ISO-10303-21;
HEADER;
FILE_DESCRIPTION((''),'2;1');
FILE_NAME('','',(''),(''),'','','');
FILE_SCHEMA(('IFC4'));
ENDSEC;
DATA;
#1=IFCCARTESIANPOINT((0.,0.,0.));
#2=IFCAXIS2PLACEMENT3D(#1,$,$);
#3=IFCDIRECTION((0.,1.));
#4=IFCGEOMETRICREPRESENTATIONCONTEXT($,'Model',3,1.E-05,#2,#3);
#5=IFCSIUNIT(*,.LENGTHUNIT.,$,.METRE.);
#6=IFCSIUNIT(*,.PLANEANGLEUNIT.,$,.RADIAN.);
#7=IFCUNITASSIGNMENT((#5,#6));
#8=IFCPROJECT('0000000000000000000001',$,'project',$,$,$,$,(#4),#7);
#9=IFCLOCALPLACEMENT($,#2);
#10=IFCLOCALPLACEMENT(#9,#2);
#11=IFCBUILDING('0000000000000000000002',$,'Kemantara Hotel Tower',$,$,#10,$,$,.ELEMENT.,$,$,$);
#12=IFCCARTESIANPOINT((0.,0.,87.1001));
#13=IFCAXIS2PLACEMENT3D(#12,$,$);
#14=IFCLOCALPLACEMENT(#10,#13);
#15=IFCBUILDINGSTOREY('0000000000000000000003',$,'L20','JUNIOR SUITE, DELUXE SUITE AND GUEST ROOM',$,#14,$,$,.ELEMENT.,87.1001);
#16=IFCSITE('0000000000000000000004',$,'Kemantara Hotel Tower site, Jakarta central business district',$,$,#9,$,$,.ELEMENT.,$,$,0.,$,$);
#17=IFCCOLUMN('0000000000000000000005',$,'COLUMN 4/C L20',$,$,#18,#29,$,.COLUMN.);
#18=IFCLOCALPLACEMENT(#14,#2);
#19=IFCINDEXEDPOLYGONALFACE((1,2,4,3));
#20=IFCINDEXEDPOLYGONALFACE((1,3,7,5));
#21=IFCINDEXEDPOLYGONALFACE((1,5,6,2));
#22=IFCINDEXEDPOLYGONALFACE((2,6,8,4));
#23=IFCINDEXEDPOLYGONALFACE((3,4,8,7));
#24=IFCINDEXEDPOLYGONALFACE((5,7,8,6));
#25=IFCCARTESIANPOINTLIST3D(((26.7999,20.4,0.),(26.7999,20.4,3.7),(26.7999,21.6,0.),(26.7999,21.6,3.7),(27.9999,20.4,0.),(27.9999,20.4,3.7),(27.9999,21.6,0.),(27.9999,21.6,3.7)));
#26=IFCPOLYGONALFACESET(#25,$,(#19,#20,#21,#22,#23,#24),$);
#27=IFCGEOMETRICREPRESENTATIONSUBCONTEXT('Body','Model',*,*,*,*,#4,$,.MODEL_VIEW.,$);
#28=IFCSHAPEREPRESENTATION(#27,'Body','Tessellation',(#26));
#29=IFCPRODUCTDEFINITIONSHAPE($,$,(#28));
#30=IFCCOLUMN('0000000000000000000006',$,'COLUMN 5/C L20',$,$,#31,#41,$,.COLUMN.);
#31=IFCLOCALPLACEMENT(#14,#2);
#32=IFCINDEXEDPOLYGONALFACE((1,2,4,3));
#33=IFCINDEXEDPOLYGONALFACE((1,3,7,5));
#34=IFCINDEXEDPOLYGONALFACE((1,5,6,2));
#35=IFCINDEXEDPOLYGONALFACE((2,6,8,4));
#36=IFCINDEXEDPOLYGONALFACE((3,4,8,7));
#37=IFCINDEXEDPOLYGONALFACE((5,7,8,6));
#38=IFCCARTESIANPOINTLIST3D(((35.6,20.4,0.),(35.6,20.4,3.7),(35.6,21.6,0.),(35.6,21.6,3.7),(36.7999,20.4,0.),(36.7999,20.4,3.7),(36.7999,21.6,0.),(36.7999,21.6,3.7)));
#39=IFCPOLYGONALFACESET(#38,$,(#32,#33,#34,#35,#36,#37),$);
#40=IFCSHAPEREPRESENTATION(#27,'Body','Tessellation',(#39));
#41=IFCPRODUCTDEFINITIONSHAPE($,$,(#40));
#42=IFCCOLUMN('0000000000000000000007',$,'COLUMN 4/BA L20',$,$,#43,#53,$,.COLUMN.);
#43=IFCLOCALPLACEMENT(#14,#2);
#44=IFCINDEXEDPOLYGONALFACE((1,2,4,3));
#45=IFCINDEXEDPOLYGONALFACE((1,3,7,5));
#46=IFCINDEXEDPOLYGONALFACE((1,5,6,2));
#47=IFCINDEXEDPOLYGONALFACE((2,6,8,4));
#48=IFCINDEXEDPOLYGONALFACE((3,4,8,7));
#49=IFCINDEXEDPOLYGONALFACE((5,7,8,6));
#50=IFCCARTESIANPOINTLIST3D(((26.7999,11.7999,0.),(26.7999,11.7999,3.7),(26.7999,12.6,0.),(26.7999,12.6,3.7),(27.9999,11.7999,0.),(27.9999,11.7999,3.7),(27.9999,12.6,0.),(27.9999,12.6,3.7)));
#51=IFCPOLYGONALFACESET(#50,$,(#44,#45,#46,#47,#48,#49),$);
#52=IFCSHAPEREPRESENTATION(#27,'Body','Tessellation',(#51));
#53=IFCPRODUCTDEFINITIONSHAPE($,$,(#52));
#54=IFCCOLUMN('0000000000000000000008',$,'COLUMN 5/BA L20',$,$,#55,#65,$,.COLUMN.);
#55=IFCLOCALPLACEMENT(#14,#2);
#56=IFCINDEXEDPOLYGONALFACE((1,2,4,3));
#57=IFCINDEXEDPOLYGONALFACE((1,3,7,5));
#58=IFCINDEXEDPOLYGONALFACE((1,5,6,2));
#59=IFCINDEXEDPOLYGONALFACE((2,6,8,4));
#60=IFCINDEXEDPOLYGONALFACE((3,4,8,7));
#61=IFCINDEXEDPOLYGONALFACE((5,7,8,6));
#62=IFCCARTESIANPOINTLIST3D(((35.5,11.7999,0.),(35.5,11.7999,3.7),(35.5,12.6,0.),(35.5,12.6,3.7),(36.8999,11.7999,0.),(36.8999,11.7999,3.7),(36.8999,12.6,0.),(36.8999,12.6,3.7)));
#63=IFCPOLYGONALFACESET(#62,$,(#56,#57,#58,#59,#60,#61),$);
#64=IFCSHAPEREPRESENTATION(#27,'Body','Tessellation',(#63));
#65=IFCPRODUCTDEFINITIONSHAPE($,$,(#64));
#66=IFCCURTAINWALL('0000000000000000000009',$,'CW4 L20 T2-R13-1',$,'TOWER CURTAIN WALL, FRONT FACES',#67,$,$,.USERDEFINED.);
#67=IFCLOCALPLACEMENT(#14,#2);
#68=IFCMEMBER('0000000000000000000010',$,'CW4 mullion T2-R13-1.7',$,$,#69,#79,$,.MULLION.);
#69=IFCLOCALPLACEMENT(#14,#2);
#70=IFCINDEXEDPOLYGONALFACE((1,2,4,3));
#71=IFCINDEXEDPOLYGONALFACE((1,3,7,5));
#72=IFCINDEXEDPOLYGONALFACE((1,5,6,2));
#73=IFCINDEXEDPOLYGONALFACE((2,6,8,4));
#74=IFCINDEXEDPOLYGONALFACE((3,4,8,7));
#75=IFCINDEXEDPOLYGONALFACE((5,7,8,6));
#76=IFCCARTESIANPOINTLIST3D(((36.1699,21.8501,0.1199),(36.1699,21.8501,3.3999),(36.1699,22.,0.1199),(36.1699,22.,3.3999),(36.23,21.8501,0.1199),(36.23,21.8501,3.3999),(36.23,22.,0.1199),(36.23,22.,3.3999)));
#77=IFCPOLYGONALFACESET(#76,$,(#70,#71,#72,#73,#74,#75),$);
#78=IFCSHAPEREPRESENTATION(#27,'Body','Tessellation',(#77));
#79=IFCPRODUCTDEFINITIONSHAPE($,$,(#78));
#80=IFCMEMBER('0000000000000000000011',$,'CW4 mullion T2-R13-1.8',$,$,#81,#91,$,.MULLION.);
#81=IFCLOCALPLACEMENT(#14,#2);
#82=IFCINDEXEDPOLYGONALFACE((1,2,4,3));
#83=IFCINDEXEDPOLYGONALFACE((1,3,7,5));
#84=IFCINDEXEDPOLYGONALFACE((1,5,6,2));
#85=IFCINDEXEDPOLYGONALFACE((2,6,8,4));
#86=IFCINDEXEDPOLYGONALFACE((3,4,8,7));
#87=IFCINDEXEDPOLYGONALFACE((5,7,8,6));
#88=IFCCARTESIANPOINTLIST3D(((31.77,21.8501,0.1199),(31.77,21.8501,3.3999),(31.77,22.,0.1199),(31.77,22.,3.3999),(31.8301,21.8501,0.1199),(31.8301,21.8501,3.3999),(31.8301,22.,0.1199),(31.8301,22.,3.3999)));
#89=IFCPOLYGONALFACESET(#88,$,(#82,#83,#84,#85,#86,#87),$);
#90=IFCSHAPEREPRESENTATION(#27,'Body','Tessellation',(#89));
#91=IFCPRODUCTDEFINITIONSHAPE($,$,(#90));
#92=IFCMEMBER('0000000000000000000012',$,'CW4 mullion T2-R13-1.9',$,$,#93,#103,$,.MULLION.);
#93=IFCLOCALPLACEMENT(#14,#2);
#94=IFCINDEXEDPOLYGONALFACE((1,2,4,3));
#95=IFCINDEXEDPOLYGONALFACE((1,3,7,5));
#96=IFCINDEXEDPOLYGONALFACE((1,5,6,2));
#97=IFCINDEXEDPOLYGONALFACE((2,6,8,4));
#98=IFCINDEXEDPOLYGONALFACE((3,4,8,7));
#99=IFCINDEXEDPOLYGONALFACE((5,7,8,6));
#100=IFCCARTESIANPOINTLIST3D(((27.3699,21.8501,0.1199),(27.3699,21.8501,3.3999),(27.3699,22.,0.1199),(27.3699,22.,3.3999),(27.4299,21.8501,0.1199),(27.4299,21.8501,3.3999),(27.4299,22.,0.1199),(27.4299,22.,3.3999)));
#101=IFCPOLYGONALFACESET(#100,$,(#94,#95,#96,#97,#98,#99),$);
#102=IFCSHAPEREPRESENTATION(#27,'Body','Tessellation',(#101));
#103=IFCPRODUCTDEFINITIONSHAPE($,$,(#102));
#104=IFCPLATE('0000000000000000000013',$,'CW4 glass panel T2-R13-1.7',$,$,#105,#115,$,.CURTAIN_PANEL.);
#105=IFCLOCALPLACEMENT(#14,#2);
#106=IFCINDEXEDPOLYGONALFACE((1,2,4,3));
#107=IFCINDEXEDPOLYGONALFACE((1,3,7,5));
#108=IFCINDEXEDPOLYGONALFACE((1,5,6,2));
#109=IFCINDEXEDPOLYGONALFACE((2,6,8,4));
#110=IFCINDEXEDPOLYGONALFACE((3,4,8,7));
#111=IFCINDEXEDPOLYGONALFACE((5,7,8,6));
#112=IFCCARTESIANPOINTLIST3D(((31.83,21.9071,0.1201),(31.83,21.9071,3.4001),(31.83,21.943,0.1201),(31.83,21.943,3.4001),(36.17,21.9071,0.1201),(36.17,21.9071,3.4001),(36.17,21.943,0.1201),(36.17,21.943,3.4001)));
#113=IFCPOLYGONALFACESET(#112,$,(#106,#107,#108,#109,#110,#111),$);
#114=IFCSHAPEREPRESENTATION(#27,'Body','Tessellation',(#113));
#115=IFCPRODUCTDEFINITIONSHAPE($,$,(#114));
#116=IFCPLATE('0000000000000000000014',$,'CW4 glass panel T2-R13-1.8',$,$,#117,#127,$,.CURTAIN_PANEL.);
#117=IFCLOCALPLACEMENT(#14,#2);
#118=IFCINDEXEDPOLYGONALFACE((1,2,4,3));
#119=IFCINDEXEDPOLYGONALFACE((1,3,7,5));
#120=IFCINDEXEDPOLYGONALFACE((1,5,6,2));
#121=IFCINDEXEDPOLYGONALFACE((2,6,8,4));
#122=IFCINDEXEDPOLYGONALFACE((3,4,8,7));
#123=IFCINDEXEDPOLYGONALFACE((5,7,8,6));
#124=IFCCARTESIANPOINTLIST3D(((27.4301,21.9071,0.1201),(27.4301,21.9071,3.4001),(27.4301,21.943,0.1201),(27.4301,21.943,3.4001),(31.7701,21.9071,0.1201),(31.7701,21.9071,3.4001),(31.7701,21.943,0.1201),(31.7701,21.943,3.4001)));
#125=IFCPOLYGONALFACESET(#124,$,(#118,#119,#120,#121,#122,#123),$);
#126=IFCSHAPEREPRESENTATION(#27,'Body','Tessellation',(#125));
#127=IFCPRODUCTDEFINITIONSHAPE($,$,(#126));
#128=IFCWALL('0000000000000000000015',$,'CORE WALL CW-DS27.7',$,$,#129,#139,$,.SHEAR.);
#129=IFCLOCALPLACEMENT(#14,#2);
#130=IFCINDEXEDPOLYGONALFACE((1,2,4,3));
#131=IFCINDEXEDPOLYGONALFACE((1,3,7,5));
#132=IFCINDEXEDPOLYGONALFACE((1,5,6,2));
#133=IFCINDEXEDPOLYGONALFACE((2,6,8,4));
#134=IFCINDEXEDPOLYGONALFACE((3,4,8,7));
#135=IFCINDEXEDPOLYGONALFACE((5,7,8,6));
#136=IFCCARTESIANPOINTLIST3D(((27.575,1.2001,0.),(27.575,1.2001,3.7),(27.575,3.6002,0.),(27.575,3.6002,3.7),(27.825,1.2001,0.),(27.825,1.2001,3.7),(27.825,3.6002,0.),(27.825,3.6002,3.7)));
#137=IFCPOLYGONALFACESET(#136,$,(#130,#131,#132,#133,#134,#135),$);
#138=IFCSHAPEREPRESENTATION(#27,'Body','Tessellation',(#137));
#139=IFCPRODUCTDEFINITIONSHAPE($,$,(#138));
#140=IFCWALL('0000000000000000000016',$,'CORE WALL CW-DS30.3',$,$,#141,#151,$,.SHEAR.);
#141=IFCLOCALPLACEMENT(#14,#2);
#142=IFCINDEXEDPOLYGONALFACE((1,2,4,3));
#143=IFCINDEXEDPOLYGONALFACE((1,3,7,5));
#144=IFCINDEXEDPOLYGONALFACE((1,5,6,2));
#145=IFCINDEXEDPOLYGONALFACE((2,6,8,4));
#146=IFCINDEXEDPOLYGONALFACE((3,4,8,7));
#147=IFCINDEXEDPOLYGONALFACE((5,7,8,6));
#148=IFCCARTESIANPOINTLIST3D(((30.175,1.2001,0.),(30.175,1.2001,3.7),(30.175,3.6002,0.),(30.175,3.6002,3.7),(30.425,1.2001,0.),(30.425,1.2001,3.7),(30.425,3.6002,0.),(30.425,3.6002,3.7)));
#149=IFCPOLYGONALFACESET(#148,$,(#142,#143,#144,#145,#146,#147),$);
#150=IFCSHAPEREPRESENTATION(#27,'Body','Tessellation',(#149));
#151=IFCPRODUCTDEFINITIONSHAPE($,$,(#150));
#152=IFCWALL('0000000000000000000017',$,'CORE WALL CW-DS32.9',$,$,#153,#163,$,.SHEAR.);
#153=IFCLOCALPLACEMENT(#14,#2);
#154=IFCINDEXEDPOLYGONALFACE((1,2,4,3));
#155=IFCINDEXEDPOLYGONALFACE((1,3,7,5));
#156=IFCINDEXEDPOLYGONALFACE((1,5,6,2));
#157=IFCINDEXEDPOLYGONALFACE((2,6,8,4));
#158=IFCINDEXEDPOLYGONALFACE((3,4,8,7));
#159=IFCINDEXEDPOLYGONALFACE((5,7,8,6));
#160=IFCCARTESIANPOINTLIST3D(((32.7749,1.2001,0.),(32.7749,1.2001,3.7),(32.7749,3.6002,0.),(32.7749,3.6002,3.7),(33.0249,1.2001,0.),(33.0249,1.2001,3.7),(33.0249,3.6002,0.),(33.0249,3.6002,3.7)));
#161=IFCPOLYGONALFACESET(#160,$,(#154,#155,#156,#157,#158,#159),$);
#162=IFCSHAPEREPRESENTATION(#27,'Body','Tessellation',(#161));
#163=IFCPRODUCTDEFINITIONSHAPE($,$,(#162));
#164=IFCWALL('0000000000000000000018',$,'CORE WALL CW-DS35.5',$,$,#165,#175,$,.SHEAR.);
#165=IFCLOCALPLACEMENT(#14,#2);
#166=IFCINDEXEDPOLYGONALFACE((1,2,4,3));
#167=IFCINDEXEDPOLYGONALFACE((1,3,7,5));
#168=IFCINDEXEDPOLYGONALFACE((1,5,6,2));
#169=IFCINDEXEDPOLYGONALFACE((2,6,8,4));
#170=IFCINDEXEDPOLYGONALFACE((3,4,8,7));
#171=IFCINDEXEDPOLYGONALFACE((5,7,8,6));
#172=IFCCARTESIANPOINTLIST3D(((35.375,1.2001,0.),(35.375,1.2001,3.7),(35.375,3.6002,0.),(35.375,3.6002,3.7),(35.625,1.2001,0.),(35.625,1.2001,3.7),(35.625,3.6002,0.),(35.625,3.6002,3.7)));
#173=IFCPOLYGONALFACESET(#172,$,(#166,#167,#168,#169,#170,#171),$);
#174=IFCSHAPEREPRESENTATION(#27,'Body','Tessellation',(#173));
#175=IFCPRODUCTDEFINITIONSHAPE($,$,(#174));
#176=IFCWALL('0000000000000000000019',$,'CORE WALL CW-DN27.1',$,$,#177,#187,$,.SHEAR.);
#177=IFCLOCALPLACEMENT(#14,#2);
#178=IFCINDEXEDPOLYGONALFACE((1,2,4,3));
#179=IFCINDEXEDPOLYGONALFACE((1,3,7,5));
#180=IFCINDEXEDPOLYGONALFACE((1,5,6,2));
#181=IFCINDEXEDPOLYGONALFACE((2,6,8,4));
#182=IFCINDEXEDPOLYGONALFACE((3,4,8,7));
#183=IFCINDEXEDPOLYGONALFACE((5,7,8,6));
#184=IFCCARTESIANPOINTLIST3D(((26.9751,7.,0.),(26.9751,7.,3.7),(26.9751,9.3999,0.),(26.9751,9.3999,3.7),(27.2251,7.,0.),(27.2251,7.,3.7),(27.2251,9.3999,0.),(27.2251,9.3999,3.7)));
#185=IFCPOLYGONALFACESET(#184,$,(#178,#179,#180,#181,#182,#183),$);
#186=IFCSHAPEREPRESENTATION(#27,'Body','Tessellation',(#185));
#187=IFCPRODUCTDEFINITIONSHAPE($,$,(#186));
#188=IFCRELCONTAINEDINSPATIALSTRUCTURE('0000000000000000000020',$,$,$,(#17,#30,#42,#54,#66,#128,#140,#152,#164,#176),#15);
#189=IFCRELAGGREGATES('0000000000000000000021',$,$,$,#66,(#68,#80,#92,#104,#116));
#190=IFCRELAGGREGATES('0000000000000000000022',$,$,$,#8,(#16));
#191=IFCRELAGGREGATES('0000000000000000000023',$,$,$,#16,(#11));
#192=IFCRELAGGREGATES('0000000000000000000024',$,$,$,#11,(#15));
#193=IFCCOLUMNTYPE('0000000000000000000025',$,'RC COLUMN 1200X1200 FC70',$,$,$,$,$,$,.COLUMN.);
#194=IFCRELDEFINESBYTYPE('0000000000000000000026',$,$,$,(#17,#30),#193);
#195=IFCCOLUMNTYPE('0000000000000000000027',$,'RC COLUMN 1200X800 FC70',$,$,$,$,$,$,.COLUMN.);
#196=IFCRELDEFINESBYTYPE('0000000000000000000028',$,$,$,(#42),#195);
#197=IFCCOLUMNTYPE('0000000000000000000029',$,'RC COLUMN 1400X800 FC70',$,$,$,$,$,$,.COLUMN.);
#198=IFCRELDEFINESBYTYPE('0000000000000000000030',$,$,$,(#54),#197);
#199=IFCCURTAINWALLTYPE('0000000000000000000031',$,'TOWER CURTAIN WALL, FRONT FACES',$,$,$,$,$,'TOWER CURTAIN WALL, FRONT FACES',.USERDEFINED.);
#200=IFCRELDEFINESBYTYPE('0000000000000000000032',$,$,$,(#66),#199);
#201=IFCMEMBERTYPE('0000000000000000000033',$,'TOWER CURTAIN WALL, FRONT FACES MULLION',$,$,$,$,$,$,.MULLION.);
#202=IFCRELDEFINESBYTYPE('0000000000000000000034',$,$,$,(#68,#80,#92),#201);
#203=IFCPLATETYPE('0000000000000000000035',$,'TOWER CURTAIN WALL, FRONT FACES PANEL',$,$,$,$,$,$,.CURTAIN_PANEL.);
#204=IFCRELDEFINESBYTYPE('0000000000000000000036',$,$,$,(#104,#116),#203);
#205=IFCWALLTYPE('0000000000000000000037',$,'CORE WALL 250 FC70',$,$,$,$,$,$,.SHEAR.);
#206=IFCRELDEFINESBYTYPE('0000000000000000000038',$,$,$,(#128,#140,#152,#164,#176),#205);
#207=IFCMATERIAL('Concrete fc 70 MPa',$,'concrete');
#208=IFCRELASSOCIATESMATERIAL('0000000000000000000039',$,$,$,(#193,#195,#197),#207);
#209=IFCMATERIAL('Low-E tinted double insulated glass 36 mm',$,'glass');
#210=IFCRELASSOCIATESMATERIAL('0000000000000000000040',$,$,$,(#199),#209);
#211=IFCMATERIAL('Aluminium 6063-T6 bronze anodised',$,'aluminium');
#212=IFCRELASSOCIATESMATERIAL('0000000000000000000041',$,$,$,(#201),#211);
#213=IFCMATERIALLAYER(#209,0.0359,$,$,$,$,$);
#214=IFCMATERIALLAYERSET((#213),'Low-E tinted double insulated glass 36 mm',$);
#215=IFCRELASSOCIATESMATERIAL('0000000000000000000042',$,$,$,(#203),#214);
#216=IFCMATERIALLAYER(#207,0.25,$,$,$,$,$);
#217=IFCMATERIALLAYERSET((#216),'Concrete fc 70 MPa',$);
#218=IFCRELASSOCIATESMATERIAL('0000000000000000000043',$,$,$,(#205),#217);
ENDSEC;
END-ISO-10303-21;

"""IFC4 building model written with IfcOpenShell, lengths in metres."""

from ifc_helpers import new_model, si_unit, direction, frame, frame_2d, origin, origin_2d, place, context, subcontext, project, spatial, rectangle, extrude, source, transform, mapped, material, layer, layer_set, material_profile, profile_set, type_object, element, aggregate, save


model = new_model("IFC4")

# Units and contexts
model_context = context("Model", 3, precision=1e-05, world=origin(), true_north=direction((0.0, 1.0)))
body_context = subcontext(model_context, "Body", "Model", "MODEL_VIEW")
ifc_project = project(units=[si_unit("LENGTHUNIT", "METRE"), si_unit("PLANEANGLEUNIT", "RADIAN")], contexts=[model_context])

# Site, building, storey
site_placement = place(None, origin())
site = spatial("IfcSite", under=ifc_project, at=site_placement, Name="Kemantara Hotel Tower site, Jakarta central business district", CompositionType="ELEMENT", RefElevation=0.0)
building_placement = place(site_placement, origin())
building = spatial("IfcBuilding", under=site, at=building_placement, Name="Kemantara Hotel Tower", CompositionType="ELEMENT")
storey_placement = place(building_placement, frame((0.0, 0.0, 87.1001)))
storey = spatial("IfcBuildingStorey", under=building, at=storey_placement, Name="L20", Description="JUNIOR SUITE, DELUXE SUITE AND GUEST ROOM", CompositionType="ELEMENT", Elevation=87.1001)

# Columns
ifc_material_1 = material(Name="Concrete fc 70 MPa", Category="concrete")
ifc_material_profile_1 = material_profile(ifc_material_1, rectangle(XDim=1.2, YDim=1.2, at=origin_2d()), Name="RC 1200X1200")
ifc_profile_set_1 = profile_set([ifc_material_profile_1], Name="Concrete fc 70 MPa")
column_type_1 = type_object("IfcColumnType", Name="RC COLUMN 1200X1200 FC70", PredefinedType="COLUMN", material=ifc_profile_set_1)
for number, where, z_axis, x_axis, name in (
    (1, (27.3999, 21.0, 0.0), (0.0, 0.0, 1.0), (1.0, 0.0, 0.0), "COLUMN 4/C L20"),
    (2, (36.2, 21.0, 0.0), (0.0, 0.0, 1.0), (1.0, 0.0, 0.0), "COLUMN 5/C L20"),
):
    element("IfcColumn", number, at=place(storey_placement, frame(where, z_axis=z_axis, x_axis=x_axis)), inside=storey, type_object=column_type_1, Name=name, PredefinedType="COLUMN", context=body_context, shape_type="SweptSolid", body=[
        extrude(rectangle(XDim=1.2, YDim=1.2, at=origin_2d()), origin(), (0.0, 0.0, 1.0), 3.7),
    ])
ifc_material_profile_2 = material_profile(ifc_material_1, rectangle(XDim=1.2, YDim=0.8, at=origin_2d()), Name="RC 1200X800")
ifc_profile_set_2 = profile_set([ifc_material_profile_2], Name="Concrete fc 70 MPa")
column_type_2 = type_object("IfcColumnType", Name="RC COLUMN 1200X800 FC70", PredefinedType="COLUMN", material=ifc_profile_set_2)
column_1_placement = place(storey_placement, frame((27.3999, 12.2, 0.0), z_axis=(0.0, 0.0, 1.0), x_axis=(1.0, 0.0, 0.0)))
element("IfcColumn", 3, at=column_1_placement, inside=storey, type_object=column_type_2, Name="COLUMN 4/BA L20", PredefinedType="COLUMN", context=body_context, shape_type="SweptSolid", body=[
    extrude(rectangle(XDim=1.2, YDim=0.8, at=origin_2d()), origin(), (0.0, 0.0, 1.0), 3.7),
])
ifc_material_profile_3 = material_profile(ifc_material_1, rectangle(XDim=1.3999, YDim=0.8, at=origin_2d()), Name="RC 1400X800")
ifc_profile_set_3 = profile_set([ifc_material_profile_3], Name="Concrete fc 70 MPa")
column_type_3 = type_object("IfcColumnType", Name="RC COLUMN 1400X800 FC70", PredefinedType="COLUMN", material=ifc_profile_set_3)
column_2_placement = place(storey_placement, frame((36.2, 12.2, 0.0), z_axis=(0.0, 0.0, 1.0), x_axis=(1.0, 0.0, 0.0)))
element("IfcColumn", 4, at=column_2_placement, inside=storey, type_object=column_type_3, Name="COLUMN 5/BA L20", PredefinedType="COLUMN", context=body_context, shape_type="SweptSolid", body=[
    extrude(rectangle(XDim=1.3999, YDim=0.8, at=origin_2d()), origin(), (0.0, 0.0, 1.0), 3.7),
])

# Curtain wall, members, plates
ifc_material_2 = material(Name="Low-E tinted double insulated glass 36 mm", Category="glass")
curtain_wall_type = type_object("IfcCurtainWallType", Name="TOWER CURTAIN WALL, FRONT FACES", ElementType="TOWER CURTAIN WALL, FRONT FACES", PredefinedType="USERDEFINED", material=ifc_material_2)
curtain_wall_placement = place(storey_placement, origin())
curtain_wall = element("IfcCurtainWall", 5, at=curtain_wall_placement, inside=storey, type_object=curtain_wall_type, Name="CW4 L20 T2-R13-1", ObjectType="TOWER CURTAIN WALL, FRONT FACES", PredefinedType="USERDEFINED")
ifc_material_3 = material(Name="Aluminium 6063-T6 bronze anodised", Category="aluminium")
ifc_material_profile_4 = material_profile(ifc_material_3, rectangle(XDim=0.1499, YDim=0.0601, at=origin_2d()), Name="TOWER CURTAIN WALL, FRONT FACES MULLION")
ifc_profile_set_4 = profile_set([ifc_material_profile_4], Name="Aluminium 6063-T6 bronze anodised")
member_type = type_object("IfcMemberType", Name="TOWER CURTAIN WALL, FRONT FACES MULLION", PredefinedType="MULLION", material=ifc_profile_set_4)
shared_shape_1 = source(origin(), body_context, "Body", "SweptSolid", [
    extrude(rectangle(XDim=0.1499, YDim=0.0601, at=origin_2d()), origin(), (0.0, 0.0, 1.0), 3.28),
])
member_1_placement = place(storey_placement, frame((36.2, 21.925, 0.1199), z_axis=(0.0, 0.0, 1.0), x_axis=(0.0, -1.0, 0.0)))
member_1 = element("IfcMember", 6, at=member_1_placement, type_object=member_type, Name="CW4 mullion T2-R13-1.7", PredefinedType="MULLION", context=body_context, shape_type="MappedRepresentation", body=[
    mapped(shared_shape_1, transform((0.0, 0.0, 0.0))),
])
member_2_placement = place(storey_placement, frame((31.8, 21.925, 0.1199), z_axis=(0.0, 0.0, 1.0), x_axis=(0.0, -1.0, 0.0)))
member_2 = element("IfcMember", 7, at=member_2_placement, type_object=member_type, Name="CW4 mullion T2-R13-1.8", PredefinedType="MULLION", context=body_context, shape_type="MappedRepresentation", body=[
    mapped(shared_shape_1, transform((0.0, 0.0, 0.0))),
])
member_3_placement = place(storey_placement, frame((27.3999, 21.925, 0.1199), z_axis=(0.0, 0.0, 1.0), x_axis=(0.0, -1.0, 0.0)))
member_3 = element("IfcMember", 8, at=member_3_placement, type_object=member_type, Name="CW4 mullion T2-R13-1.9", PredefinedType="MULLION", context=body_context, shape_type="MappedRepresentation", body=[
    mapped(shared_shape_1, transform((0.0, 0.0, 0.0))),
])
ifc_layer_1 = layer(ifc_material_2, 0.0359)
ifc_layer_set_1 = layer_set([ifc_layer_1], Name="Low-E tinted double insulated glass 36 mm")
plate_type = type_object("IfcPlateType", Name="TOWER CURTAIN WALL, FRONT FACES PANEL", PredefinedType="CURTAIN_PANEL", material=ifc_layer_set_1)
shared_shape_2 = source(origin(), body_context, "Body", "SweptSolid", [
    extrude(rectangle(XDim=4.3401, YDim=0.0359, at=origin_2d()), origin(), (0.0, 0.0, 1.0), 3.28),
])
plate_1_placement = place(storey_placement, frame((34.0, 21.925, 0.1201), z_axis=(0.0, 0.0, 1.0), x_axis=(-1.0, 0.0, 0.0)))
plate_1 = element("IfcPlate", 9, at=plate_1_placement, type_object=plate_type, Name="CW4 glass panel T2-R13-1.7", PredefinedType="CURTAIN_PANEL", context=body_context, shape_type="MappedRepresentation", body=[
    mapped(shared_shape_2, transform((0.0, 0.0, 0.0))),
])
plate_2_placement = place(storey_placement, frame((29.6001, 21.925, 0.1201), z_axis=(0.0, 0.0, 1.0), x_axis=(-1.0, 0.0, 0.0)))
plate_2 = element("IfcPlate", 10, at=plate_2_placement, type_object=plate_type, Name="CW4 glass panel T2-R13-1.8", PredefinedType="CURTAIN_PANEL", context=body_context, shape_type="MappedRepresentation", body=[
    mapped(shared_shape_2, transform((0.0, 0.0, 0.0))),
])
aggregate(curtain_wall, [member_1, member_2, member_3, plate_1, plate_2])

# Walls
ifc_layer_2 = layer(ifc_material_1, 0.25)
ifc_layer_set_2 = layer_set([ifc_layer_2], Name="Concrete fc 70 MPa")
wall_type_1 = type_object("IfcWallType", Name="CORE WALL 250 FC70", PredefinedType="SHEAR", material=ifc_layer_set_2)
for number, where, z_axis, x_axis, name in (
    (11, (27.7, 1.2, 0.0), (0.0, 0.0, 1.0), (0.0, 1.0, 0.0), "CORE WALL CW-DS27.7"),
    (12, (30.3, 1.2, 0.0), (0.0, 0.0, 1.0), (0.0, 1.0, 0.0), "CORE WALL CW-DS30.3"),
    (13, (32.8999, 1.2, 0.0), (0.0, 0.0, 1.0), (0.0, 1.0, 0.0), "CORE WALL CW-DS32.9"),
    (14, (35.5, 1.2, 0.0), (0.0, 0.0, 1.0), (0.0, 1.0, 0.0), "CORE WALL CW-DS35.5"),
):
    element("IfcWall", number, at=place(storey_placement, frame(where, z_axis=z_axis, x_axis=x_axis)), inside=storey, type_object=wall_type_1, Name=name, PredefinedType="SHEAR", context=body_context, shape_type="SweptSolid", body=[
        extrude(rectangle(XDim=2.4001, YDim=0.25, at=frame_2d((1.2002, 0.0))), origin(), (0.0, 0.0, 1.0), 3.7),
    ])
wall_1_placement = place(storey_placement, frame((27.1001, 7.0, 0.0), z_axis=(0.0, 0.0, 1.0), x_axis=(0.0, 1.0, 0.0)))
element("IfcWall", 15, at=wall_1_placement, inside=storey, type_object=wall_type_1, Name="CORE WALL CW-DN27.1", PredefinedType="SHEAR", context=body_context, shape_type="SweptSolid", body=[
    extrude(rectangle(XDim=2.3999, YDim=0.25, at=frame_2d((1.2, 0.0))), origin(), (0.0, 0.0, 1.0), 3.7),
])

save(model, "model.ifc")
